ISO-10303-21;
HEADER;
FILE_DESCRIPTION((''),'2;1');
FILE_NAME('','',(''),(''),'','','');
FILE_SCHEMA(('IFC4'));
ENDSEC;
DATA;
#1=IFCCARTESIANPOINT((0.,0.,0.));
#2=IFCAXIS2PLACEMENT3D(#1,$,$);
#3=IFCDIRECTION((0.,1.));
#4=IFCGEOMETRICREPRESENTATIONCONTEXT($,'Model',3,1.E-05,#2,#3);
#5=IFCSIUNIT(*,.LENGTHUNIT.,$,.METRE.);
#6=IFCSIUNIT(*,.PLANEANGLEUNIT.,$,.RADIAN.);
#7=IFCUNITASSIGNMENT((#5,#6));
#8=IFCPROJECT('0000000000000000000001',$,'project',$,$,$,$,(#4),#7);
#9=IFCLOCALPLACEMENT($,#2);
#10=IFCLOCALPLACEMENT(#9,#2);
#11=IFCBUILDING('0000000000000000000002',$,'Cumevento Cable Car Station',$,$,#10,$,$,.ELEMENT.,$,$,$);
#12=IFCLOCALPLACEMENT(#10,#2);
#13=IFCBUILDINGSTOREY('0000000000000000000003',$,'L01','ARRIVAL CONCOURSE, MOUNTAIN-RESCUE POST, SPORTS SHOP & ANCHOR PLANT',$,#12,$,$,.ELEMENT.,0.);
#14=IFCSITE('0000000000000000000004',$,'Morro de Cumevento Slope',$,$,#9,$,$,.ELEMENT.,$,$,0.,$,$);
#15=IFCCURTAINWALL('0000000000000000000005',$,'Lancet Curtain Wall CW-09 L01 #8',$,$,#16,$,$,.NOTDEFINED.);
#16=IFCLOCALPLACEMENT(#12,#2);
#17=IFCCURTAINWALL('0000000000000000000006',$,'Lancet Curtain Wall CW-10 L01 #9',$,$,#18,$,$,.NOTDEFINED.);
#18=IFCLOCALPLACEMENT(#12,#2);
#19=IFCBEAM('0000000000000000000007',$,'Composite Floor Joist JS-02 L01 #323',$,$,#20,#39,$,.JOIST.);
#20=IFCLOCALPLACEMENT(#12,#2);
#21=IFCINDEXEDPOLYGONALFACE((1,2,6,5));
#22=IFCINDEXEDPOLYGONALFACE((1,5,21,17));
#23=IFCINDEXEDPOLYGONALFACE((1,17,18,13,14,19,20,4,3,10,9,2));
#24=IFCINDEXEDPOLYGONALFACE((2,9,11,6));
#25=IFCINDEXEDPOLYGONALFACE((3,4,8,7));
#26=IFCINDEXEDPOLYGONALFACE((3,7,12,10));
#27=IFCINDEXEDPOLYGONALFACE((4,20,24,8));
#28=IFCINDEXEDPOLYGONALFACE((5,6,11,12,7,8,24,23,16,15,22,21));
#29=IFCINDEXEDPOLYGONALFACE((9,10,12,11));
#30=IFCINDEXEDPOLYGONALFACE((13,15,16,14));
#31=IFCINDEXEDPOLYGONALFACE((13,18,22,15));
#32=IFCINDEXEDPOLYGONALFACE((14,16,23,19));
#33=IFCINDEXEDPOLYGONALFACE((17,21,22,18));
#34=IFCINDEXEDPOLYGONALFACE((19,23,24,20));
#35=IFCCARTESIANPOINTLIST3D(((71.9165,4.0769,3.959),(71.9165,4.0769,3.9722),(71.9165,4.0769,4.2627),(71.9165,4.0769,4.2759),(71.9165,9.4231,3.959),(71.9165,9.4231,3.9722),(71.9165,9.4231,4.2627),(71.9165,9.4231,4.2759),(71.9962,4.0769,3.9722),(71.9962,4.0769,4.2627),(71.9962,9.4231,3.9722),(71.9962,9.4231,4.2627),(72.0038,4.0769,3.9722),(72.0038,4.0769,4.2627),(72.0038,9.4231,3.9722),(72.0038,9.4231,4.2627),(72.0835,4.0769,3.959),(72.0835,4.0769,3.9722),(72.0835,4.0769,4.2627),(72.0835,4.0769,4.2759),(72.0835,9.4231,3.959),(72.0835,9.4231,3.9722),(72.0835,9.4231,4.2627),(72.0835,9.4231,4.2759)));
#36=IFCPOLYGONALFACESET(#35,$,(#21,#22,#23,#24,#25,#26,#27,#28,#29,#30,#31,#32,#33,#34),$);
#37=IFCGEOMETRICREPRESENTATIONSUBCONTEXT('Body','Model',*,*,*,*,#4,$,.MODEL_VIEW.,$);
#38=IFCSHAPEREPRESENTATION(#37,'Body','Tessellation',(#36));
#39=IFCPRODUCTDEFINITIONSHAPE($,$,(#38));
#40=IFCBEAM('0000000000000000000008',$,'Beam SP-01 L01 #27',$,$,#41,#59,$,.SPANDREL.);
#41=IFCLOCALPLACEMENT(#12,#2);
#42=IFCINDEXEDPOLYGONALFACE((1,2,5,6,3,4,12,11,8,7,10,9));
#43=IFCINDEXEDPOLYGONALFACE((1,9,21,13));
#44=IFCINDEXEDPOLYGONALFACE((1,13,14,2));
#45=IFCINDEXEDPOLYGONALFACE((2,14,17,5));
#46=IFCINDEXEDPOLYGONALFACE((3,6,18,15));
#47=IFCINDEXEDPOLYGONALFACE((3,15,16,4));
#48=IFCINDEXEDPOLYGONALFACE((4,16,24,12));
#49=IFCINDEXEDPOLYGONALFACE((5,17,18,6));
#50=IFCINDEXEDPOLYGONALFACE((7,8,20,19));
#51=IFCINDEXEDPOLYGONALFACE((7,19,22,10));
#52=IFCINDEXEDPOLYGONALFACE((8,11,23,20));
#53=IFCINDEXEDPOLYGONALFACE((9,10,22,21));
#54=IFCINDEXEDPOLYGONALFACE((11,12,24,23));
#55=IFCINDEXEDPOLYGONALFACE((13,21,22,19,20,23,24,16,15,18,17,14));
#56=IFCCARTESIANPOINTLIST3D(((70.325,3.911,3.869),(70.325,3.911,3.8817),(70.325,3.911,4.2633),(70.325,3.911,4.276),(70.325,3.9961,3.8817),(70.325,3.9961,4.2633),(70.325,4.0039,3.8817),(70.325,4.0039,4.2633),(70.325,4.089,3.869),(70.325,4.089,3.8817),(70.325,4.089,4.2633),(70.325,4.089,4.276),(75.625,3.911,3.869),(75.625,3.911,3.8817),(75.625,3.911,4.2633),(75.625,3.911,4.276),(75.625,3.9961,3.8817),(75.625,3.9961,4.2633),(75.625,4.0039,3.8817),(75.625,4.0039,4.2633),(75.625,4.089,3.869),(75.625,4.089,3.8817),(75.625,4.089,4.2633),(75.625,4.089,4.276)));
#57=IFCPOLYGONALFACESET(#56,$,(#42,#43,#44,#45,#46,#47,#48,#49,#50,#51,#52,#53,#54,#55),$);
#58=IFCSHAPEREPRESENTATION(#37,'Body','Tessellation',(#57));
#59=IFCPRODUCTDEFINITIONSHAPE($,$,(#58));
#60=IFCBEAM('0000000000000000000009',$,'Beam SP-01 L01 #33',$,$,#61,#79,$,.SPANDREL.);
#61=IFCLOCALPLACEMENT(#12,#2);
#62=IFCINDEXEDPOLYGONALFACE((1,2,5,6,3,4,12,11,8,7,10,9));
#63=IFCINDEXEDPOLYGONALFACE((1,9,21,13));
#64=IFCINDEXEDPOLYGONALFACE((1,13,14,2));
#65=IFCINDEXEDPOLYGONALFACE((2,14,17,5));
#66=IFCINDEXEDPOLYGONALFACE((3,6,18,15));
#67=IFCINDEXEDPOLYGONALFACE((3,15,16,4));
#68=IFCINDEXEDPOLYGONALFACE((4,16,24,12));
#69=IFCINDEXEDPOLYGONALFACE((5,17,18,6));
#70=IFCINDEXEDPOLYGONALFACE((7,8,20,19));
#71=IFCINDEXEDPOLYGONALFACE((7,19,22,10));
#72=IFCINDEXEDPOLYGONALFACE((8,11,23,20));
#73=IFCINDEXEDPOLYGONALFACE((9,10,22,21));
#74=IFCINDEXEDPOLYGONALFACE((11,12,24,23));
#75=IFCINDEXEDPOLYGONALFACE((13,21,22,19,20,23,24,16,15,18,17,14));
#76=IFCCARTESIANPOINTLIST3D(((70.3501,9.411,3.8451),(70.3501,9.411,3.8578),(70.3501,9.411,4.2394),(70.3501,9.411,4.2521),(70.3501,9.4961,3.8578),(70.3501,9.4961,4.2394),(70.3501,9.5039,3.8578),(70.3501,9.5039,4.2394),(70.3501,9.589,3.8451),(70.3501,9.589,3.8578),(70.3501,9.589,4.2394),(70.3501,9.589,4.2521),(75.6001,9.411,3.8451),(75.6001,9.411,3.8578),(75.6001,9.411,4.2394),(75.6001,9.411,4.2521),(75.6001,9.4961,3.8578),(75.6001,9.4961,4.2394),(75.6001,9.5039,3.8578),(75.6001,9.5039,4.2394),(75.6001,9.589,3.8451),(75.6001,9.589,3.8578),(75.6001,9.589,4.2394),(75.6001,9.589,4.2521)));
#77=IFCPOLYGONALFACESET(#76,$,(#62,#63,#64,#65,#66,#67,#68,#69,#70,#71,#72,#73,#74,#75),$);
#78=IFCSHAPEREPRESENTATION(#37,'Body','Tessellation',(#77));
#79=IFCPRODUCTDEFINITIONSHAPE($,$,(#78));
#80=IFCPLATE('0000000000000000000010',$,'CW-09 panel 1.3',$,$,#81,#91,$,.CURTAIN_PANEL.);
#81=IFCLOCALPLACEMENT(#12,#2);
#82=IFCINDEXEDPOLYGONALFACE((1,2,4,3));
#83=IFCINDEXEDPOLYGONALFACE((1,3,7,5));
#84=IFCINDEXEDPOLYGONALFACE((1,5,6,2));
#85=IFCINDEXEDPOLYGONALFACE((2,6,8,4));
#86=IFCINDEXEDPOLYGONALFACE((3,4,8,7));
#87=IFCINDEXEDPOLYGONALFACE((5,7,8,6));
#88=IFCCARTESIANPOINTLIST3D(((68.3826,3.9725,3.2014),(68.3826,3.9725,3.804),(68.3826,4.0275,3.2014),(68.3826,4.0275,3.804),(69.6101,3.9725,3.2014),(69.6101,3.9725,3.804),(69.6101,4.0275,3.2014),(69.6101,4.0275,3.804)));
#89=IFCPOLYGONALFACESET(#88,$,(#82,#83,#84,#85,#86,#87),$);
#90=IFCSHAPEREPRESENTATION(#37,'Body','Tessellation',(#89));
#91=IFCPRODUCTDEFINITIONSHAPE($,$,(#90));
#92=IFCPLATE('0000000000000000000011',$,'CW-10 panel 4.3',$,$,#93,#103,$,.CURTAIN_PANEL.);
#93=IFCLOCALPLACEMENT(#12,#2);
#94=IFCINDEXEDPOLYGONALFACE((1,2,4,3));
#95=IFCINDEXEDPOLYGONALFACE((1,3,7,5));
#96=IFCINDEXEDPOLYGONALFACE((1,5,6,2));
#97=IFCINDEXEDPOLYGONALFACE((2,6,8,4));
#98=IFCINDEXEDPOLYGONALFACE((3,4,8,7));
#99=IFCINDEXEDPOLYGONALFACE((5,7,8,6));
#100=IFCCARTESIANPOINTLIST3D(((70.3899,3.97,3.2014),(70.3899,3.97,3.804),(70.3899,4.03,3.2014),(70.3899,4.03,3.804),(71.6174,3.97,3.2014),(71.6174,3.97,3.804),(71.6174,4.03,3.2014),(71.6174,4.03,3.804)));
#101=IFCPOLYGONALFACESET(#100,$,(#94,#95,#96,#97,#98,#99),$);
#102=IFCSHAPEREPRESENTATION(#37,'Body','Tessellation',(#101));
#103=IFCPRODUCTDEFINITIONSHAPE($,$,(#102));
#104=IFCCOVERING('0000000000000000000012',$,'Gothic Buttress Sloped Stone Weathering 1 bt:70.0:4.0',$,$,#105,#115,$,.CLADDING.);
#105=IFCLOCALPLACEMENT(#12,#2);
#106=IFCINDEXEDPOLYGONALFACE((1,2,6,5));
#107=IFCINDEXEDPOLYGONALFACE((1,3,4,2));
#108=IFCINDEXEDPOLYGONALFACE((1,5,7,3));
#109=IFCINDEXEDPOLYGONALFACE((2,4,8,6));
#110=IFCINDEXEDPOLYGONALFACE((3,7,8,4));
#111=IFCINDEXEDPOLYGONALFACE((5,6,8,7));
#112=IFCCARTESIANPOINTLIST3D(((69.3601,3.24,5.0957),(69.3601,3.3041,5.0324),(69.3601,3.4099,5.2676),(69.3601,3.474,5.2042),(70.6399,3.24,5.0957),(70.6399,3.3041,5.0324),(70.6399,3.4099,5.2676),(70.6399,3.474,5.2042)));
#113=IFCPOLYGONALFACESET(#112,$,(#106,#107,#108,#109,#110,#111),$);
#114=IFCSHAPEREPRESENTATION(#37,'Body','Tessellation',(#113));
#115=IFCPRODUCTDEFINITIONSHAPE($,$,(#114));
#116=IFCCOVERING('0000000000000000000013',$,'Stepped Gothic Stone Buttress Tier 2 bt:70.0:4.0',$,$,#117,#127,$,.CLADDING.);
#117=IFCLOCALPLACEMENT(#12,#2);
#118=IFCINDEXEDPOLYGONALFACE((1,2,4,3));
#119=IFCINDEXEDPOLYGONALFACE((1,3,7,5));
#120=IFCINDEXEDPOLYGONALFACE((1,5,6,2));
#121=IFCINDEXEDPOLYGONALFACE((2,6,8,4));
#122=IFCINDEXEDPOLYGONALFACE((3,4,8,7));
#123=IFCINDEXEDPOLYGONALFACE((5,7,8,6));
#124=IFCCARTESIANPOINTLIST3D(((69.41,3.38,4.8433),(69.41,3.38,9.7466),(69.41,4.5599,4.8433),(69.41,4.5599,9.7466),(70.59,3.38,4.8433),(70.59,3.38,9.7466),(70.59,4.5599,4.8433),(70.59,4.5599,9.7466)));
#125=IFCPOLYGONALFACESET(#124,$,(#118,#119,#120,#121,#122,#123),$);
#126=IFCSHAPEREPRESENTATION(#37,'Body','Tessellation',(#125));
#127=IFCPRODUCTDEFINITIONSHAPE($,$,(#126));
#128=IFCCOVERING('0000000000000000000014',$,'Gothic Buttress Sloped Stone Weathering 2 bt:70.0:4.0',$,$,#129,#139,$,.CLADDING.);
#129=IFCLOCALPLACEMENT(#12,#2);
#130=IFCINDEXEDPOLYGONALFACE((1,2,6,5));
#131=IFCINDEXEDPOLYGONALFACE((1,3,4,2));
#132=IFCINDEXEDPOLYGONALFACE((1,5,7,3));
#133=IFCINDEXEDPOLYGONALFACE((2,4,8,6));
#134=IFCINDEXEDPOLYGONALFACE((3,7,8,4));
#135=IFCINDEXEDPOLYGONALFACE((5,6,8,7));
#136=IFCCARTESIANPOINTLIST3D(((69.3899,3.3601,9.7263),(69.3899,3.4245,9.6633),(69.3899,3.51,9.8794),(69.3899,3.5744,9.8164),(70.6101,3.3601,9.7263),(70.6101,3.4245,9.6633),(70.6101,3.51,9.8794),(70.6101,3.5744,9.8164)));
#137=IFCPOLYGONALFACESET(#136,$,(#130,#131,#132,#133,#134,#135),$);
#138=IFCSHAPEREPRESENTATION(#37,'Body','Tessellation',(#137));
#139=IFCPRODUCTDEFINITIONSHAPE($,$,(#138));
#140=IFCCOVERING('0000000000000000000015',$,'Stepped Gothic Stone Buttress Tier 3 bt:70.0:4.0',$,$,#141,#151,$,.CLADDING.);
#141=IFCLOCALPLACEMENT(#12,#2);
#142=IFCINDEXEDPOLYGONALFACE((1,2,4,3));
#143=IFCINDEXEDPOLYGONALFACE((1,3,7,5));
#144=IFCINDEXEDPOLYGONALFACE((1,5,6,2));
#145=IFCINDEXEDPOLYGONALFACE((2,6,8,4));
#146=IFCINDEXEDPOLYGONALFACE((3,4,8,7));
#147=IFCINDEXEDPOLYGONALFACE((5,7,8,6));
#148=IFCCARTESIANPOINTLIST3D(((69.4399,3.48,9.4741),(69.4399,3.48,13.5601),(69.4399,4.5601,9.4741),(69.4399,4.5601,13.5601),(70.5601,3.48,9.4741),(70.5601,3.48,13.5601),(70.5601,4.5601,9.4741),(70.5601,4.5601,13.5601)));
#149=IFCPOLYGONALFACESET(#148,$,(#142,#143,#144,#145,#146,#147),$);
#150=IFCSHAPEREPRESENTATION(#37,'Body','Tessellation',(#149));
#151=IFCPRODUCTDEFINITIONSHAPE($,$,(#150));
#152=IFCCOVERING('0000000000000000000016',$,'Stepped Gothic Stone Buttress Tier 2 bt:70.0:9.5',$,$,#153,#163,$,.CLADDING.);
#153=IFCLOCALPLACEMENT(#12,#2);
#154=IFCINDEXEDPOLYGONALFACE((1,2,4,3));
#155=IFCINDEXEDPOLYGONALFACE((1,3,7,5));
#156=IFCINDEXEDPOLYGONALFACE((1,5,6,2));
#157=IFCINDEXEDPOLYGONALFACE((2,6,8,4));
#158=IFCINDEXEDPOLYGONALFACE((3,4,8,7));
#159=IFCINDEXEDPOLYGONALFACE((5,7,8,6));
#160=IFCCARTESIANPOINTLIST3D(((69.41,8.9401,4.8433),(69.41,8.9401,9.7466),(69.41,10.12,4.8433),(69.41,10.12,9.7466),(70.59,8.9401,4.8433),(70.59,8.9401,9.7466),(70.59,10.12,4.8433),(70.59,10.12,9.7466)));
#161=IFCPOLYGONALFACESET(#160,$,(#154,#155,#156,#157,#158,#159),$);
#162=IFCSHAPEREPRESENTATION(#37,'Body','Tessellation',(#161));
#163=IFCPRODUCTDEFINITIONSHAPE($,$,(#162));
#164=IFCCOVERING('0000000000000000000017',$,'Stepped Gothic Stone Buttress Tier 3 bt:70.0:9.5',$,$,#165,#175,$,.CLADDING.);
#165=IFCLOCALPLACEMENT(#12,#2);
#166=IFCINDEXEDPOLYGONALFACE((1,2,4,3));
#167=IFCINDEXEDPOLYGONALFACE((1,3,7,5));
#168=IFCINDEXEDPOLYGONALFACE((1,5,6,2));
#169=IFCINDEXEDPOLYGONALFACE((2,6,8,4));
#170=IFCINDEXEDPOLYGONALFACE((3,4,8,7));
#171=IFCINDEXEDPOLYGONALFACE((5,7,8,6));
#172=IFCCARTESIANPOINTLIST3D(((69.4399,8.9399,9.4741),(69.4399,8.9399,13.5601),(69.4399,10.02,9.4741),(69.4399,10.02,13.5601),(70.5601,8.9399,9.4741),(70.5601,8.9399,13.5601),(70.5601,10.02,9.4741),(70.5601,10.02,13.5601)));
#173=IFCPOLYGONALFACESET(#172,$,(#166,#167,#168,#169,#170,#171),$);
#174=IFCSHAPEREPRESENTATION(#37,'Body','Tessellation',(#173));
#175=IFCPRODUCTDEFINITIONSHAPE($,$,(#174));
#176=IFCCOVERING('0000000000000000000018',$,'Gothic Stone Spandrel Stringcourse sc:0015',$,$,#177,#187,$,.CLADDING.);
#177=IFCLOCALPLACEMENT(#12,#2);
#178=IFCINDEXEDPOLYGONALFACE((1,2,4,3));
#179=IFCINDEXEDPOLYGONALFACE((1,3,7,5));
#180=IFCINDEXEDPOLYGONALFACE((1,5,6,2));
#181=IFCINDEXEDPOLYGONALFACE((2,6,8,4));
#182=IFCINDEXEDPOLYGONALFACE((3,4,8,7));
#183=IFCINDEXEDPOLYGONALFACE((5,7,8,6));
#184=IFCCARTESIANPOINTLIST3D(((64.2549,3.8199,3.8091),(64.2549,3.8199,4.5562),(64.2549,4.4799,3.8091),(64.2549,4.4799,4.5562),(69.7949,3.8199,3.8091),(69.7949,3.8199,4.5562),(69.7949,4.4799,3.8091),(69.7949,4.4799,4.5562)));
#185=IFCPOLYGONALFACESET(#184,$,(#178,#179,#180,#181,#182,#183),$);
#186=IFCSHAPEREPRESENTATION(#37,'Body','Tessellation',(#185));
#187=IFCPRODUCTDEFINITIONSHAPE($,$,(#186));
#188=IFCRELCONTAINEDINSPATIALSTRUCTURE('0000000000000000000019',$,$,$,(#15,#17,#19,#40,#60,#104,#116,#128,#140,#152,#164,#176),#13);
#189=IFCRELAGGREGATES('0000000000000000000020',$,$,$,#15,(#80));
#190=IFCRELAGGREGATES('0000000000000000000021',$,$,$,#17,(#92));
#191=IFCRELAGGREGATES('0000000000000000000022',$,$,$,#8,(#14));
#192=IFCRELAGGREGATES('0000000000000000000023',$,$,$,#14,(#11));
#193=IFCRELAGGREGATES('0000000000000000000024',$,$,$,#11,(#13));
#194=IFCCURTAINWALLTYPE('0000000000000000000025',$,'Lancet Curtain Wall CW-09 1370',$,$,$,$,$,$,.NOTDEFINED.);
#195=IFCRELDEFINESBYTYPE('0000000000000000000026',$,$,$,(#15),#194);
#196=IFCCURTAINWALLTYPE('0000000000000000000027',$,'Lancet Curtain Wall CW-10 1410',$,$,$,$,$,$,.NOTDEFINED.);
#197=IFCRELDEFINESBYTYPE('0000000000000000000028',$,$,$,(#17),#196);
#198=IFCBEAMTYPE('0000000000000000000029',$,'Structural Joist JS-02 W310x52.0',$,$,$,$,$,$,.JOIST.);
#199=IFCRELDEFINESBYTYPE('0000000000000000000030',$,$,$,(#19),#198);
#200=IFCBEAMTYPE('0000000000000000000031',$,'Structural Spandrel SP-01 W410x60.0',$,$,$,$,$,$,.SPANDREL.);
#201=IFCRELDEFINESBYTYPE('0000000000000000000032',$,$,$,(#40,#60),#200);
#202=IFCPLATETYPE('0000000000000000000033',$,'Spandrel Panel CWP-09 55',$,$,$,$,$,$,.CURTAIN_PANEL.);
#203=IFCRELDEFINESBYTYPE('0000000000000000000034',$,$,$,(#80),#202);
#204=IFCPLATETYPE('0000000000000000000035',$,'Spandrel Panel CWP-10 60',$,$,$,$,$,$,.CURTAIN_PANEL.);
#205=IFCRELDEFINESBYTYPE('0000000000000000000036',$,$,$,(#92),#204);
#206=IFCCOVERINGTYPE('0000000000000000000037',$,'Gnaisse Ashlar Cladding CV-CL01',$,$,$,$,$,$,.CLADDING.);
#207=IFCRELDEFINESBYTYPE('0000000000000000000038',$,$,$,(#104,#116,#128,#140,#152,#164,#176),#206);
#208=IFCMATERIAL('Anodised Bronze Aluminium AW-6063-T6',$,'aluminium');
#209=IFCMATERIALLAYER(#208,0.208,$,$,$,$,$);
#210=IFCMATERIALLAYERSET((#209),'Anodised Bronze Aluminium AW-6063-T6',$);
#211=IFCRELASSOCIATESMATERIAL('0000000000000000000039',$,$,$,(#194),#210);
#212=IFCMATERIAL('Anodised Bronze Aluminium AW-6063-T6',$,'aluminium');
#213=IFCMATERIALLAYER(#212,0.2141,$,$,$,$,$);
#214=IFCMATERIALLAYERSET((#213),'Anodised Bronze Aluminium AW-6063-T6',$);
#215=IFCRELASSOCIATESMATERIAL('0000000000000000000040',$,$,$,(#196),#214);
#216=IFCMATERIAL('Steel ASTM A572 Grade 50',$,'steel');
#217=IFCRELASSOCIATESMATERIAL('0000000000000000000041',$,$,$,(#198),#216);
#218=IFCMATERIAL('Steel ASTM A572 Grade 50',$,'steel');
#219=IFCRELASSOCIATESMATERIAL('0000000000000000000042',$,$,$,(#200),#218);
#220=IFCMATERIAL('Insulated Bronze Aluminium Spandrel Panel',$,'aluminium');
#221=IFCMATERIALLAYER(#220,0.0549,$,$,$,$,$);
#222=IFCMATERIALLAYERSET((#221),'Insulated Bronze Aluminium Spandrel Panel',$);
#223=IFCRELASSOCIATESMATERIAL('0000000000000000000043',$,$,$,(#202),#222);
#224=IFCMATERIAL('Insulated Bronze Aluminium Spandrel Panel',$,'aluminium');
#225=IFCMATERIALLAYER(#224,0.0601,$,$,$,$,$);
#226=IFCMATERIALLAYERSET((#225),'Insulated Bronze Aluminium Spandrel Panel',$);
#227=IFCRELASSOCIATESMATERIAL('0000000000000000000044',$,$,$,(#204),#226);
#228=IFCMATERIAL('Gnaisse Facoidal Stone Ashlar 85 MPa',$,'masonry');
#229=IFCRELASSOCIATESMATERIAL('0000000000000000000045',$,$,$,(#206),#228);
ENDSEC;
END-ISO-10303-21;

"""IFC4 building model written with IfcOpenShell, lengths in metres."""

from ifc_helpers import new_model, si_unit, direction, frame, origin, origin_2d, place, context, subcontext, project, spatial, polyline, rectangle, i_section, outline, extrude, material, layer, layer_set, material_profile, profile_set, type_object, element, aggregate, save


model = new_model("IFC4")

# Units and contexts
model_context = context("Model", 3, precision=1e-05, world=origin(), true_north=direction((0.0, 1.0)))
body_context = subcontext(model_context, "Body", "Model", "MODEL_VIEW")
ifc_project = project(units=[si_unit("LENGTHUNIT", "METRE"), si_unit("PLANEANGLEUNIT", "RADIAN")], contexts=[model_context])

# Site, building, storey
site_placement = place(None, origin())
site = spatial("IfcSite", under=ifc_project, at=site_placement, Name="Morro de Cumevento Slope", CompositionType="ELEMENT", RefElevation=0.0)
building_placement = place(site_placement, origin())
building = spatial("IfcBuilding", under=site, at=building_placement, Name="Cumevento Cable Car Station", CompositionType="ELEMENT")
storey_placement = place(building_placement, origin())
storey = spatial("IfcBuildingStorey", under=building, at=storey_placement, Name="L01", Description="ARRIVAL CONCOURSE, MOUNTAIN-RESCUE POST, SPORTS SHOP & ANCHOR PLANT", CompositionType="ELEMENT", Elevation=0.0)

# Curtain wall
ifc_material_1 = material(Name="Anodised Bronze Aluminium AW-6063-T6", Category="aluminium")
ifc_layer_1 = layer(ifc_material_1, 0.208)
ifc_layer_set_1 = layer_set([ifc_layer_1], Name="Anodised Bronze Aluminium AW-6063-T6")
curtain_wall_type_1 = type_object("IfcCurtainWallType", Name="Lancet Curtain Wall CW-09 1370", PredefinedType="NOTDEFINED", material=ifc_layer_set_1)
curtain_wall_1_placement = place(storey_placement, origin())
curtain_wall_1 = element("IfcCurtainWall", 1, at=curtain_wall_1_placement, inside=storey, type_object=curtain_wall_type_1, Name="Lancet Curtain Wall CW-09 L01 #8", PredefinedType="NOTDEFINED")

# Curtain wall
ifc_material_2 = material(Name="Anodised Bronze Aluminium AW-6063-T6", Category="aluminium")
ifc_layer_2 = layer(ifc_material_2, 0.2141)
ifc_layer_set_2 = layer_set([ifc_layer_2], Name="Anodised Bronze Aluminium AW-6063-T6")
curtain_wall_type_2 = type_object("IfcCurtainWallType", Name="Lancet Curtain Wall CW-10 1410", PredefinedType="NOTDEFINED", material=ifc_layer_set_2)
curtain_wall_2_placement = place(storey_placement, origin())
curtain_wall_2 = element("IfcCurtainWall", 2, at=curtain_wall_2_placement, inside=storey, type_object=curtain_wall_type_2, Name="Lancet Curtain Wall CW-10 L01 #9", PredefinedType="NOTDEFINED")

# Beams
ifc_material_3 = material(Name="Steel ASTM A572 Grade 50", Category="steel")
ifc_material_profile_1 = material_profile(ifc_material_3, i_section(OverallWidth=0.167, OverallDepth=0.3169, WebThickness=0.0076, FlangeThickness=0.0132, at=origin_2d()), Name="W310x52.0")
ifc_profile_set_1 = profile_set([ifc_material_profile_1], Name="Steel ASTM A572 Grade 50")
beam_type_1 = type_object("IfcBeamType", Name="Structural Joist JS-02 W310x52.0", PredefinedType="JOIST", material=ifc_profile_set_1)
beam_1_placement = place(storey_placement, frame((72.0, 4.0769, 4.1174), z_axis=(0.0, 1.0, 0.0), x_axis=(-1.0, 0.0, 0.0)))
element("IfcBeam", 3, at=beam_1_placement, inside=storey, type_object=beam_type_1, Name="Composite Floor Joist JS-02 L01 #323", PredefinedType="JOIST", context=body_context, shape_type="SweptSolid", body=[
    extrude(i_section(OverallWidth=0.167, OverallDepth=0.3169, WebThickness=0.0076, FlangeThickness=0.0132, at=origin_2d()), origin(), (0.0, 0.0, 1.0), 5.3462),
])
ifc_material_4 = material(Name="Steel ASTM A572 Grade 50", Category="steel")
ifc_material_profile_2 = material_profile(ifc_material_4, i_section(OverallWidth=0.178, OverallDepth=0.407, WebThickness=0.0078, FlangeThickness=0.0127, at=origin_2d()), Name="W410x60.0")
ifc_profile_set_2 = profile_set([ifc_material_profile_2], Name="Steel ASTM A572 Grade 50")
beam_type_2 = type_object("IfcBeamType", Name="Structural Spandrel SP-01 W410x60.0", PredefinedType="SPANDREL", material=ifc_profile_set_2)
beam_2_placement = place(storey_placement, frame((70.325, 4.0, 4.0725), z_axis=(1.0, 0.0, 0.0), x_axis=(0.0, 1.0, 0.0)))
element("IfcBeam", 4, at=beam_2_placement, inside=storey, type_object=beam_type_2, Name="Beam SP-01 L01 #27", PredefinedType="SPANDREL", context=body_context, shape_type="SweptSolid", body=[
    extrude(i_section(OverallWidth=0.178, OverallDepth=0.407, WebThickness=0.0078, FlangeThickness=0.0127, at=origin_2d()), origin(), (0.0, 0.0, 1.0), 5.3),
])
beam_3_placement = place(storey_placement, frame((70.3501, 9.5, 4.0486), z_axis=(1.0, 0.0, 0.0), x_axis=(0.0, 1.0, 0.0)))
element("IfcBeam", 5, at=beam_3_placement, inside=storey, type_object=beam_type_2, Name="Beam SP-01 L01 #33", PredefinedType="SPANDREL", context=body_context, shape_type="SweptSolid", body=[
    extrude(i_section(OverallWidth=0.178, OverallDepth=0.407, WebThickness=0.0078, FlangeThickness=0.0127, at=origin_2d()), origin(), (0.0, 0.0, 1.0), 5.25),
])

# Plates
ifc_material_5 = material(Name="Insulated Bronze Aluminium Spandrel Panel", Category="aluminium")
ifc_layer_3 = layer(ifc_material_5, 0.0549)
ifc_layer_set_3 = layer_set([ifc_layer_3], Name="Insulated Bronze Aluminium Spandrel Panel")
plate_type_1 = type_object("IfcPlateType", Name="Spandrel Panel CWP-09 55", PredefinedType="CURTAIN_PANEL", material=ifc_layer_set_3)
plate_1_placement = place(storey_placement, frame((68.9963, 4.0, 3.2014), z_axis=(0.0, 0.0, 1.0), x_axis=(-1.0, 0.0, 0.0)))
plate_1 = element("IfcPlate", 6, at=plate_1_placement, type_object=plate_type_1, Name="CW-09 panel 1.3", PredefinedType="CURTAIN_PANEL", context=body_context, shape_type="SweptSolid", body=[
    extrude(rectangle(XDim=1.2275, YDim=0.0549, at=origin_2d()), origin(), (0.0, 0.0, 1.0), 0.6025),
])
aggregate(curtain_wall_1, [plate_1])
ifc_material_6 = material(Name="Insulated Bronze Aluminium Spandrel Panel", Category="aluminium")
ifc_layer_4 = layer(ifc_material_6, 0.0601)
ifc_layer_set_4 = layer_set([ifc_layer_4], Name="Insulated Bronze Aluminium Spandrel Panel")
plate_type_2 = type_object("IfcPlateType", Name="Spandrel Panel CWP-10 60", PredefinedType="CURTAIN_PANEL", material=ifc_layer_set_4)
plate_2_placement = place(storey_placement, frame((71.0037, 4.0, 3.2014), z_axis=(0.0, 0.0, 1.0), x_axis=(-1.0, 0.0, 0.0)))
plate_2 = element("IfcPlate", 7, at=plate_2_placement, type_object=plate_type_2, Name="CW-10 panel 4.3", PredefinedType="CURTAIN_PANEL", context=body_context, shape_type="SweptSolid", body=[
    extrude(rectangle(XDim=1.2275, YDim=0.0601, at=origin_2d()), origin(), (0.0, 0.0, 1.0), 0.6025),
])
aggregate(curtain_wall_2, [plate_2])

# Coverings
ifc_material_7 = material(Name="Gnaisse Facoidal Stone Ashlar 85 MPa", Category="masonry")
covering_type = type_object("IfcCoveringType", Name="Gnaisse Ashlar Cladding CV-CL01", PredefinedType="CLADDING", material=ifc_material_7)
covering_1_placement = place(storey_placement, frame((69.3601, 3.24, 5.0957), z_axis=(0.0, -0.711136, 0.703055), x_axis=(1.0, 0.0, 0.0)))
element("IfcCovering", 8, at=covering_1_placement, inside=storey, type_object=covering_type, Name="Gothic Buttress Sloped Stone Weathering 1 bt:70.0:4.0", PredefinedType="CLADDING", context=body_context, shape_type="SweptSolid", body=[
    extrude(outline(polyline([(0.0, 0.0), (1.2798, 0.0), (1.2798, 0.2417), (0.0, 0.2417), (0.0, 0.0)])), origin(), (0.0, 0.0, -1.0), 0.0901),
])
covering_2_placement = place(storey_placement, frame((70.0, 3.97, 4.8433), z_axis=(0.0, 0.0, 1.0), x_axis=(1.0, 0.0, 0.0)))
element("IfcCovering", 9, at=covering_2_placement, inside=storey, type_object=covering_type, Name="Stepped Gothic Stone Buttress Tier 2 bt:70.0:4.0", PredefinedType="CLADDING", context=body_context, shape_type="SweptSolid", body=[
    extrude(rectangle(XDim=1.1799, YDim=1.1799, at=origin_2d()), origin(), (0.0, 0.0, 1.0), 4.9033),
])
covering_3_placement = place(storey_placement, frame((69.3899, 3.3601, 9.7263), z_axis=(0.0, -0.714475, 0.699661), x_axis=(1.0, 0.0, 0.0)))
element("IfcCovering", 10, at=covering_3_placement, inside=storey, type_object=covering_type, Name="Gothic Buttress Sloped Stone Weathering 2 bt:70.0:4.0", PredefinedType="CLADDING", context=body_context, shape_type="SweptSolid", body=[
    extrude(outline(polyline([(0.0, 0.0), (1.2202, 0.0), (1.2202, 0.2142), (0.0, 0.2142), (0.0, 0.0)])), origin(), (0.0, 0.0, -1.0), 0.0901),
])
covering_4_placement = place(storey_placement, frame((70.0, 4.02, 9.4741), z_axis=(0.0, 0.0, 1.0), x_axis=(1.0, 0.0, 0.0)))
element("IfcCovering", 11, at=covering_4_placement, inside=storey, type_object=covering_type, Name="Stepped Gothic Stone Buttress Tier 3 bt:70.0:4.0", PredefinedType="CLADDING", context=body_context, shape_type="SweptSolid", body=[
    extrude(rectangle(XDim=1.1201, YDim=1.0801, at=origin_2d()), origin(), (0.0, 0.0, 1.0), 4.0859),
])
covering_5_placement = place(storey_placement, frame((70.0, 9.53, 4.8433), z_axis=(0.0, 0.0, 1.0), x_axis=(-1.0, 0.0, 0.0)))
element("IfcCovering", 12, at=covering_5_placement, inside=storey, type_object=covering_type, Name="Stepped Gothic Stone Buttress Tier 2 bt:70.0:9.5", PredefinedType="CLADDING", context=body_context, shape_type="SweptSolid", body=[
    extrude(rectangle(XDim=1.1799, YDim=1.1799, at=origin_2d()), origin(), (0.0, 0.0, 1.0), 4.9033),
])
covering_6_placement = place(storey_placement, frame((70.0, 9.48, 9.4741), z_axis=(0.0, 0.0, 1.0), x_axis=(-1.0, 0.0, 0.0)))
element("IfcCovering", 13, at=covering_6_placement, inside=storey, type_object=covering_type, Name="Stepped Gothic Stone Buttress Tier 3 bt:70.0:9.5", PredefinedType="CLADDING", context=body_context, shape_type="SweptSolid", body=[
    extrude(rectangle(XDim=1.1201, YDim=1.0801, at=origin_2d()), origin(), (0.0, 0.0, 1.0), 4.0859),
])
covering_7_placement = place(storey_placement, frame((67.0249, 4.1499, 3.8091), z_axis=(0.0, 0.0, 1.0), x_axis=(-1.0, 0.0, 0.0)))
element("IfcCovering", 14, at=covering_7_placement, inside=storey, type_object=covering_type, Name="Gothic Stone Spandrel Stringcourse sc:0015", PredefinedType="CLADDING", context=body_context, shape_type="SweptSolid", body=[
    extrude(rectangle(XDim=5.54, YDim=0.6599, at=origin_2d()), origin(), (0.0, 0.0, 1.0), 0.7471),
])

save(model, "model.ifc")
